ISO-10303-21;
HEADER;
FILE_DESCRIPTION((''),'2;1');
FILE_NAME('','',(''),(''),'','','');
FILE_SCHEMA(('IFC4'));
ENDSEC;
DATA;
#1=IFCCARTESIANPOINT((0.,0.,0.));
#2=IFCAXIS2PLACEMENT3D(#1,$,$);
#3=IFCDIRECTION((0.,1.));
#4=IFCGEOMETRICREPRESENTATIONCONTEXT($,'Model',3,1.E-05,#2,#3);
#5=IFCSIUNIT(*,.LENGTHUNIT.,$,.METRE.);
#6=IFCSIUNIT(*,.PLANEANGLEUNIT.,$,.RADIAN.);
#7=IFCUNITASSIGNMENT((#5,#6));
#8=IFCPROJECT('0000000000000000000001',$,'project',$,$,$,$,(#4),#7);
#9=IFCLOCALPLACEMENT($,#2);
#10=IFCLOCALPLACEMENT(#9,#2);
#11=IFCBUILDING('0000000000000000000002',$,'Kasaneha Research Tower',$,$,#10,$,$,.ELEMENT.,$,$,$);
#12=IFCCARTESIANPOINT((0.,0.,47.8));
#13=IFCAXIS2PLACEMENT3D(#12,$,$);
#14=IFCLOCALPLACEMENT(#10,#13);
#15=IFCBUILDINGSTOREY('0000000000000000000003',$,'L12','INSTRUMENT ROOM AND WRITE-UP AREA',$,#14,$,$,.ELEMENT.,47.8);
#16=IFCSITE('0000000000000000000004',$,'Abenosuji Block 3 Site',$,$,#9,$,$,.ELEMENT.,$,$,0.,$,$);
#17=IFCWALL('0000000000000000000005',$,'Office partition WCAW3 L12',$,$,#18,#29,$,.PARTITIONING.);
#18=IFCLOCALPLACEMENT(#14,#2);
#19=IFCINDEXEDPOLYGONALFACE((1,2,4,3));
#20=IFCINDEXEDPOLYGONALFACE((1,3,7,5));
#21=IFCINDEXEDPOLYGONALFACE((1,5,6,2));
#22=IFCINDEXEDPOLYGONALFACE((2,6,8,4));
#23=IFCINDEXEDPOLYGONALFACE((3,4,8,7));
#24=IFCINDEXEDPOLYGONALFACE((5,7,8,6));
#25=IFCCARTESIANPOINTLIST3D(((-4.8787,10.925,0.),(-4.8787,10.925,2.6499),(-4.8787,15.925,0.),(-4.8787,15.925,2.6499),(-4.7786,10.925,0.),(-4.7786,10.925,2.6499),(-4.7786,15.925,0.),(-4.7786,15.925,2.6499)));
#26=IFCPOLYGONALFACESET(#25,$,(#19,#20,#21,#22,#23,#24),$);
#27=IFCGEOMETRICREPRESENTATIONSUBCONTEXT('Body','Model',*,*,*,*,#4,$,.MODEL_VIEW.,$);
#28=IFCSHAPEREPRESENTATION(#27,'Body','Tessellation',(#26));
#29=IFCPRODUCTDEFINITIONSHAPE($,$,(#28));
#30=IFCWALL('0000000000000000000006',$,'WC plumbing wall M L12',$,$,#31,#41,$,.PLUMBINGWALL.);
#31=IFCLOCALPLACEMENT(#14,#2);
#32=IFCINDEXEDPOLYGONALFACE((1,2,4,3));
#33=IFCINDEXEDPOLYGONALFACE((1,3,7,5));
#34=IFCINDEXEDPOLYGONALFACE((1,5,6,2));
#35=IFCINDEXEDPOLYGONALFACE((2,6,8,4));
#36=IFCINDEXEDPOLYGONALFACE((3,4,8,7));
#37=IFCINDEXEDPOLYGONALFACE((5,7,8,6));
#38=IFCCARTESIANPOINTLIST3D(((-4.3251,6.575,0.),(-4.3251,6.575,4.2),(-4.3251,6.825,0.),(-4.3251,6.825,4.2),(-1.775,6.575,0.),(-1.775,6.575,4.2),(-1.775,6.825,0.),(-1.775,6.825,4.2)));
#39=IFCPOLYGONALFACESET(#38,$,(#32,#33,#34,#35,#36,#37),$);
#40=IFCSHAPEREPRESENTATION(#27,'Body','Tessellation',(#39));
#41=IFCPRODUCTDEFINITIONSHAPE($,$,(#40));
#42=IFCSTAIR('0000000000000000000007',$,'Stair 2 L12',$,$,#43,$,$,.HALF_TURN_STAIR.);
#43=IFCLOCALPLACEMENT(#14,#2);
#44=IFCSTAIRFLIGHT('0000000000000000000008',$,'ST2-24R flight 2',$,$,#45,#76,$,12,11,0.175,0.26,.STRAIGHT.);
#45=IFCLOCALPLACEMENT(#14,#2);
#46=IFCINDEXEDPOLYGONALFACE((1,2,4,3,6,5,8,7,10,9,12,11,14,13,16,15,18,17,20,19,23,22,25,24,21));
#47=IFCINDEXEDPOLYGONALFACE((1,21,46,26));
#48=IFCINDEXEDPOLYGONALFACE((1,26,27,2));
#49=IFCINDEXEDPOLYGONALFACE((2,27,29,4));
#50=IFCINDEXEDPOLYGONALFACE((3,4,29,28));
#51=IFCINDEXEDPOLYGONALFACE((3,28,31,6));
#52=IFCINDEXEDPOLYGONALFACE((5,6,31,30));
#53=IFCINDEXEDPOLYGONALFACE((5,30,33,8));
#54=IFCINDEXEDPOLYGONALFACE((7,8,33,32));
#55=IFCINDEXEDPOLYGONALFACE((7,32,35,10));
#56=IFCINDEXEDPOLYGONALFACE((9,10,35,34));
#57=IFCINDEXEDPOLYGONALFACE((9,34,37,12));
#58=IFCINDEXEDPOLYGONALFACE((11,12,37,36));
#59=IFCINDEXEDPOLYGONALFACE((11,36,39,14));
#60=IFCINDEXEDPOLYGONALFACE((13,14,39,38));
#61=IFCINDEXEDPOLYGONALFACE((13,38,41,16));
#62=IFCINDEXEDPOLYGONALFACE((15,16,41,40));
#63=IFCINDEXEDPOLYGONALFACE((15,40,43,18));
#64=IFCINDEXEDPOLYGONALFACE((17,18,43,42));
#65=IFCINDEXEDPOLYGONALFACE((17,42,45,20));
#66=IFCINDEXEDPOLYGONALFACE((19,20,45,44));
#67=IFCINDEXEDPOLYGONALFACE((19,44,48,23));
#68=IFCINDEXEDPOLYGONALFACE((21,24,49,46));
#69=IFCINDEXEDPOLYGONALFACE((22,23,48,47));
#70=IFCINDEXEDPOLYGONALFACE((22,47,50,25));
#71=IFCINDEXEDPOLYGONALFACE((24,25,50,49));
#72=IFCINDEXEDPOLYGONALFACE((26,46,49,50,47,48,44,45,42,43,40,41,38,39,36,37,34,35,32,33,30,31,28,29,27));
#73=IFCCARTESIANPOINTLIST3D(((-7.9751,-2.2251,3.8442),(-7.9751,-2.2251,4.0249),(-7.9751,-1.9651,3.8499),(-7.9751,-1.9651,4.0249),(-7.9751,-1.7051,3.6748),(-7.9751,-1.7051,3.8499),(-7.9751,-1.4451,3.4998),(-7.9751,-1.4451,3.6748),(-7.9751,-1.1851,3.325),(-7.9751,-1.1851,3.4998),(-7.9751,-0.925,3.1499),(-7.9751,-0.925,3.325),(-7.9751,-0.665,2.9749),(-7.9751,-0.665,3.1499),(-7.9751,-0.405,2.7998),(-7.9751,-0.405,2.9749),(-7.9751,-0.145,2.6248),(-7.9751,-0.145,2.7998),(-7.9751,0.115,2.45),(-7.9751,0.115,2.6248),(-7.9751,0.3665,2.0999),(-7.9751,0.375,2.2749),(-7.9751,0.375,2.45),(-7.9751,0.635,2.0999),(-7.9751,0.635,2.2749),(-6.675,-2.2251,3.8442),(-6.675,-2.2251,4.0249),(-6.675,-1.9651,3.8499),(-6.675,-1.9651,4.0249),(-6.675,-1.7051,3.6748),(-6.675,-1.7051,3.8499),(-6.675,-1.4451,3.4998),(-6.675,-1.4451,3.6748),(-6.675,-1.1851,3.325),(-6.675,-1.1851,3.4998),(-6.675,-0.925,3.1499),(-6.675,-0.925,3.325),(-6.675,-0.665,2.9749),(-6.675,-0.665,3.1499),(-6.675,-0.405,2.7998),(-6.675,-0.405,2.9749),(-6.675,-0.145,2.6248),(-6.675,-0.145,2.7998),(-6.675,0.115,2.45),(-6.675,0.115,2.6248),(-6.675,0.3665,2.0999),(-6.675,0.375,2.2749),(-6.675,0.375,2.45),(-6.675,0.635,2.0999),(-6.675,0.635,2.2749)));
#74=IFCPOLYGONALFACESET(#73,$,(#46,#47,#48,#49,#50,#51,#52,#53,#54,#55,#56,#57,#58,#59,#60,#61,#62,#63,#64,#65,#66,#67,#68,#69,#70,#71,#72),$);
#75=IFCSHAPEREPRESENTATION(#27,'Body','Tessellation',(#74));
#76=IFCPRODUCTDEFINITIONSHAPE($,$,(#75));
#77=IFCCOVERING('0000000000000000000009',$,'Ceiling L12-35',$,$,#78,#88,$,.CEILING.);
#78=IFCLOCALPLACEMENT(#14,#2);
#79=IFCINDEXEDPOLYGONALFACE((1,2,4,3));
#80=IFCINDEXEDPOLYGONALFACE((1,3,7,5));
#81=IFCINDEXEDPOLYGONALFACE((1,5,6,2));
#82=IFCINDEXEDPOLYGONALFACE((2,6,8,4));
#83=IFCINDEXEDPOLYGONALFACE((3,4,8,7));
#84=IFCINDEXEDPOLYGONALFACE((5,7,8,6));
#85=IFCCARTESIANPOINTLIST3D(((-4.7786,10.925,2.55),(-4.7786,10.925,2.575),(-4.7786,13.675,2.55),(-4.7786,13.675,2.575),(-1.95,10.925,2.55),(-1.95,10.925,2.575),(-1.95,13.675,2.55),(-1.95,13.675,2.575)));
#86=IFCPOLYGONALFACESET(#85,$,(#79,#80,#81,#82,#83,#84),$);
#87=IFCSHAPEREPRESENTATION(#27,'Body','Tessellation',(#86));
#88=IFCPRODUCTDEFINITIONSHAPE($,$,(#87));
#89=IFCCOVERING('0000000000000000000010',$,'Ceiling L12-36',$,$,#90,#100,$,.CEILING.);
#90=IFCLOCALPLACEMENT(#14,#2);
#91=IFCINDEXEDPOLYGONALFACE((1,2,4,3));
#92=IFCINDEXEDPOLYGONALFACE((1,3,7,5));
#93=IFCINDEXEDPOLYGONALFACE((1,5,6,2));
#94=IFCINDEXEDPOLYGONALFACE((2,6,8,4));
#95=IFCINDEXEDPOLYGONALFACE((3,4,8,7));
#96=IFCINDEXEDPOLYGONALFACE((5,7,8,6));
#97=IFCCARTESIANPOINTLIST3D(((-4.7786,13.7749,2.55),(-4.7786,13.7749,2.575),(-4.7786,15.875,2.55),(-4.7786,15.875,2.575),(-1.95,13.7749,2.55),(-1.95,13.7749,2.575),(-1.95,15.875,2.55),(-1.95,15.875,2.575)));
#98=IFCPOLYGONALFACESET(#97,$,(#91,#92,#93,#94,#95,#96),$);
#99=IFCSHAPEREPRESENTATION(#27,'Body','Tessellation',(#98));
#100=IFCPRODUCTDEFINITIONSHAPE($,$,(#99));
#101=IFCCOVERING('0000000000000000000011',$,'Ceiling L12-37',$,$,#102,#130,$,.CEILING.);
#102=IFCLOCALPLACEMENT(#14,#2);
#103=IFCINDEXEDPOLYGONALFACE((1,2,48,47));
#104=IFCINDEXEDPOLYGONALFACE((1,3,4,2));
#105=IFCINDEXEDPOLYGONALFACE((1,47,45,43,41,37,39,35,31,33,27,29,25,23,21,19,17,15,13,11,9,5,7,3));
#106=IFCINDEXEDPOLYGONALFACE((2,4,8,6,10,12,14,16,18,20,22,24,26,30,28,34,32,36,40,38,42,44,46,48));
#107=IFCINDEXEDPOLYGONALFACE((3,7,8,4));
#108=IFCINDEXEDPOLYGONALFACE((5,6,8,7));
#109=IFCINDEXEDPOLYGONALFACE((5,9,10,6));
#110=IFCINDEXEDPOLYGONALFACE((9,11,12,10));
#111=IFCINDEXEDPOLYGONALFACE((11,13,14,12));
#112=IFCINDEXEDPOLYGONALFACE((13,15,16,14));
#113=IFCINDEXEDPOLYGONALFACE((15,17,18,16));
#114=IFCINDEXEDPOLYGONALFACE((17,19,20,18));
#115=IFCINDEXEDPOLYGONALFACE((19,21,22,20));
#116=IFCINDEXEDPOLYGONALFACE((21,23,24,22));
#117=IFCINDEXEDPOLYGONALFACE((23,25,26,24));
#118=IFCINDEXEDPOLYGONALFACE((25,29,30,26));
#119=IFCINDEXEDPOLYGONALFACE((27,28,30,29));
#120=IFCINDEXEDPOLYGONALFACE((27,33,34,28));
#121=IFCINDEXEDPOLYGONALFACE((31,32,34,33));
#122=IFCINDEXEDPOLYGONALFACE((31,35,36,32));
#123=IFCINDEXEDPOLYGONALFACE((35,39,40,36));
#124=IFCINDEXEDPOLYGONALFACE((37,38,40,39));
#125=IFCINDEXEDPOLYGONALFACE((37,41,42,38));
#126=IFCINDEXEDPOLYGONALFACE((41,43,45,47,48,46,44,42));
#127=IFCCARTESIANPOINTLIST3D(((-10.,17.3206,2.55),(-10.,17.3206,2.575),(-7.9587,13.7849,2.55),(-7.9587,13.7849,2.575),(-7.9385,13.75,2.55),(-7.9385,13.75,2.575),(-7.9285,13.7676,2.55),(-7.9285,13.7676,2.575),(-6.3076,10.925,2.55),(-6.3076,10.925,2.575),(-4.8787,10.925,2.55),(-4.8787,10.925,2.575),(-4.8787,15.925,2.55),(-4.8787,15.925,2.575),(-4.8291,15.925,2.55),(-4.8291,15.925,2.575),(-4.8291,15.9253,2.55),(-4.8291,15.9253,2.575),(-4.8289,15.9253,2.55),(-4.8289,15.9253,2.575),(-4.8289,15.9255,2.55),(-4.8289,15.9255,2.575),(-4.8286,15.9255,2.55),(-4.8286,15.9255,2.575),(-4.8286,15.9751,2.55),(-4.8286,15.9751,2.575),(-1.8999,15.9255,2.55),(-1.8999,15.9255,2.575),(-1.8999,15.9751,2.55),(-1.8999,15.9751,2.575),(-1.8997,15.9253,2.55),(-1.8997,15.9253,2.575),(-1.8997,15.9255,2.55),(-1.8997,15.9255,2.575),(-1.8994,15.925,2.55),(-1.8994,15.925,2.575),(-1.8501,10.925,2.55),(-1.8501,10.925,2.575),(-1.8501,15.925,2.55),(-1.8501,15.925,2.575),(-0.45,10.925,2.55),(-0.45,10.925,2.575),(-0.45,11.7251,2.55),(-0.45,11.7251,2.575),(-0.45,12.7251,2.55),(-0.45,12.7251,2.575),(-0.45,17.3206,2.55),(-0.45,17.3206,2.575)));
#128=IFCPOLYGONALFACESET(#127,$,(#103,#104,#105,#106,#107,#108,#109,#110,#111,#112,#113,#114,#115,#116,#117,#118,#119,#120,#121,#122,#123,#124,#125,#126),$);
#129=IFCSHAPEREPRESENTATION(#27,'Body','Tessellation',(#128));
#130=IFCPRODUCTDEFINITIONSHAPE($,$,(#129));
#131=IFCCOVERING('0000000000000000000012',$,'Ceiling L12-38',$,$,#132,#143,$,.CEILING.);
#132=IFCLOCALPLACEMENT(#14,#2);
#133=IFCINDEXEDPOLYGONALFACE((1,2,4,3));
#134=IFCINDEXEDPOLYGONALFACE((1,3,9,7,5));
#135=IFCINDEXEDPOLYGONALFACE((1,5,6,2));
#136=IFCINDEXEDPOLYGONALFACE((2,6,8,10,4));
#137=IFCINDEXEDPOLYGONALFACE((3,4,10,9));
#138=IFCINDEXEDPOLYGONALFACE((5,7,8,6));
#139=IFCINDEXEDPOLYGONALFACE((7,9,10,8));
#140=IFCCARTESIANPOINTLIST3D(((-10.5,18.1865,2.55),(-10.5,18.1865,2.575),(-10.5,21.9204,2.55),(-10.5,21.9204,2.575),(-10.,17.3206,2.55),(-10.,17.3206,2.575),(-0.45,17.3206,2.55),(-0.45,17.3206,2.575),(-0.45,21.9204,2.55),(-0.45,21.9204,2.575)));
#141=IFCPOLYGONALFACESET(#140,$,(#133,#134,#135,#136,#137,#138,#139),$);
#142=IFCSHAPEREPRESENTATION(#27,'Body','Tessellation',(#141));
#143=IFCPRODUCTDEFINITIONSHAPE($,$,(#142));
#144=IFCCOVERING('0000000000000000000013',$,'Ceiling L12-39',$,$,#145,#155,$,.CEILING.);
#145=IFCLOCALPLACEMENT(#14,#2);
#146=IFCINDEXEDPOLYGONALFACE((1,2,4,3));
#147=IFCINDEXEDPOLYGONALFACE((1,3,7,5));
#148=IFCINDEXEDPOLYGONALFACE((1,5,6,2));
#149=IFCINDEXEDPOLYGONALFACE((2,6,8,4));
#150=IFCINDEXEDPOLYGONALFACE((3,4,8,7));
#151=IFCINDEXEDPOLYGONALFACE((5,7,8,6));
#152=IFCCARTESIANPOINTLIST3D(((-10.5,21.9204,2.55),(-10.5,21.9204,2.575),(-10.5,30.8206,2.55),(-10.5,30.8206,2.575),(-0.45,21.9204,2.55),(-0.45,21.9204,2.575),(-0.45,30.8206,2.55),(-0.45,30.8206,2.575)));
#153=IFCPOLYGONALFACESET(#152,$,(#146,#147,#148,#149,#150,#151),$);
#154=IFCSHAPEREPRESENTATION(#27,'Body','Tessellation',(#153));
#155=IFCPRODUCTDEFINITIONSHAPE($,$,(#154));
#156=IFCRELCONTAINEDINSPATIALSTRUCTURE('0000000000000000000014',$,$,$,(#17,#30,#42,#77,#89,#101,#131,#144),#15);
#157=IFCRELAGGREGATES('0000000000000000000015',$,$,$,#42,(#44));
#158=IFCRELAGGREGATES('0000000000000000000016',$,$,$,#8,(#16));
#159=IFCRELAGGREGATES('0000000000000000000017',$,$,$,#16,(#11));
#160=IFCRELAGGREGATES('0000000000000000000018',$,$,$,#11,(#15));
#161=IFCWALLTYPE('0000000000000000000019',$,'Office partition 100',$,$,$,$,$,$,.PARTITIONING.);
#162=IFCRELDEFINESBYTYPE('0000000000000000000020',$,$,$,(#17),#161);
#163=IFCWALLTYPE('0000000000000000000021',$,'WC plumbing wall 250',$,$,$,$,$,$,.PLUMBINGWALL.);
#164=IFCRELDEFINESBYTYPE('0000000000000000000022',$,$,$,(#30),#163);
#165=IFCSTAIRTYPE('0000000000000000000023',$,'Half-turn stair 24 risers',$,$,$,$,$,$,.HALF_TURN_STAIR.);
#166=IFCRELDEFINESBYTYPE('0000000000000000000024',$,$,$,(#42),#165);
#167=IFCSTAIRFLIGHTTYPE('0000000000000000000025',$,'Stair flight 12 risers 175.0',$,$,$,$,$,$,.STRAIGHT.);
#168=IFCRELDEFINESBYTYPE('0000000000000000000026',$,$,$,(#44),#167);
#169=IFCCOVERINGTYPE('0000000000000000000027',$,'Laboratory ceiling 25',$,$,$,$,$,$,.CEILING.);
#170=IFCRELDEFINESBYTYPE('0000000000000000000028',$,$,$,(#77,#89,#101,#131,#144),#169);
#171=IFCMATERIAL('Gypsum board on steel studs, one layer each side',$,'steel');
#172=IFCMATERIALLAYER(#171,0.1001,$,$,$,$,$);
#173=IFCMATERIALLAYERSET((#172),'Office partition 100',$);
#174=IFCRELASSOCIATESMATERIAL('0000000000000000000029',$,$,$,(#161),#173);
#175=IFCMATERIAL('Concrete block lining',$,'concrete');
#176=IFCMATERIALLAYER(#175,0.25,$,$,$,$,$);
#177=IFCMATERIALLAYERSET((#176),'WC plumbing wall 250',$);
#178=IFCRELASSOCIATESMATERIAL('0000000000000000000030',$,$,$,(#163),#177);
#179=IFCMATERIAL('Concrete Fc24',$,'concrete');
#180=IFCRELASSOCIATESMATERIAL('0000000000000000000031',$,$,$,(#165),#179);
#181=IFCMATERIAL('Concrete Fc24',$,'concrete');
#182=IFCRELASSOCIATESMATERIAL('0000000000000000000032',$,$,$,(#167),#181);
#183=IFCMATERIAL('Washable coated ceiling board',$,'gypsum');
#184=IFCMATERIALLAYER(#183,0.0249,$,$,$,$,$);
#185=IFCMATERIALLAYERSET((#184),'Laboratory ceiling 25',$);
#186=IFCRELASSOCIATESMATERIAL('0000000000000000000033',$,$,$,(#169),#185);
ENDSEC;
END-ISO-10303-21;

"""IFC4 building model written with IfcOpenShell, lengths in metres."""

from ifc_helpers import new_model, si_unit, direction, frame, frame_2d, origin, place, context, subcontext, project, spatial, polyline, rectangle, outline, extrude, material, layer, layer_set, type_object, element, aggregate, save


model = new_model("IFC4")

# Units and contexts
model_context = context("Model", 3, precision=1e-05, world=origin(), true_north=direction((0.0, 1.0)))
body_context = subcontext(model_context, "Body", "Model", "MODEL_VIEW")
ifc_project = project(units=[si_unit("LENGTHUNIT", "METRE"), si_unit("PLANEANGLEUNIT", "RADIAN")], contexts=[model_context])

# Site, building, storey
site_placement = place(None, origin())
site = spatial("IfcSite", under=ifc_project, at=site_placement, Name="Abenosuji Block 3 Site", CompositionType="ELEMENT", RefElevation=0.0)
building_placement = place(site_placement, origin())
building = spatial("IfcBuilding", under=site, at=building_placement, Name="Kasaneha Research Tower", CompositionType="ELEMENT")
storey_placement = place(building_placement, frame((0.0, 0.0, 47.8)))
storey = spatial("IfcBuildingStorey", under=building, at=storey_placement, Name="L12", Description="INSTRUMENT ROOM AND WRITE-UP AREA", CompositionType="ELEMENT", Elevation=47.8)

# Shared definitions
ifc_material_1 = material(Name="Gypsum board on steel studs, one layer each side", Category="steel")
ifc_layer_1 = layer(ifc_material_1, 0.1001)
ifc_layer_set_1 = layer_set([ifc_layer_1], Name="Office partition 100")
wall_type_1 = type_object("IfcWallType", Name="Office partition 100", PredefinedType="PARTITIONING", material=ifc_layer_set_1)

# Wall
wall_1_placement = place(storey_placement, frame((-4.8286, 10.925, 0.0), z_axis=(0.0, 0.0, 1.0), x_axis=(0.0, 1.0, 0.0)))
element("IfcWall", 1, at=wall_1_placement, inside=storey, type_object=wall_type_1, Name="Office partition WCAW3 L12", PredefinedType="PARTITIONING", context=body_context, shape_type="SweptSolid", body=[
    extrude(rectangle(XDim=5.0, YDim=0.1001, at=frame_2d((2.5, 0.0))), origin(), (0.0, 0.0, 1.0), 2.6499),
])

# Wall
ifc_material_2 = material(Name="Concrete block lining", Category="concrete")
ifc_layer_2 = layer(ifc_material_2, 0.25)
ifc_layer_set_2 = layer_set([ifc_layer_2], Name="WC plumbing wall 250")
wall_type_2 = type_object("IfcWallType", Name="WC plumbing wall 250", PredefinedType="PLUMBINGWALL", material=ifc_layer_set_2)
wall_2_placement = place(storey_placement, frame((-4.325, 6.7, 0.0), z_axis=(0.0, 0.0, 1.0), x_axis=(1.0, 0.0, 0.0)))
element("IfcWall", 2, at=wall_2_placement, inside=storey, type_object=wall_type_2, Name="WC plumbing wall M L12", PredefinedType="PLUMBINGWALL", context=body_context, shape_type="SweptSolid", body=[
    extrude(rectangle(XDim=2.55, YDim=0.25, at=frame_2d((1.2749, 0.0))), origin(), (0.0, 0.0, 1.0), 4.2),
])

# Stair, stair flight
ifc_material_3 = material(Name="Concrete Fc24", Category="concrete")
stair_type = type_object("IfcStairType", Name="Half-turn stair 24 risers", PredefinedType="HALF_TURN_STAIR", material=ifc_material_3)
stair_placement = place(storey_placement, origin())
stair = element("IfcStair", 3, at=stair_placement, inside=storey, type_object=stair_type, Name="Stair 2 L12", PredefinedType="HALF_TURN_STAIR")
ifc_material_4 = material(Name="Concrete Fc24", Category="concrete")
stair_flight_type = type_object("IfcStairFlightType", Name="Stair flight 12 risers 175.0", PredefinedType="STRAIGHT", material=ifc_material_4)
stair_flight_placement = place(storey_placement, frame((-7.325, 0.635, 2.0999), z_axis=(0.0, 0.0, 1.0), x_axis=(0.0, -1.0, 0.0)))
stair_flight = element("IfcStairFlight", 4, at=stair_flight_placement, type_object=stair_flight_type, Name="ST2-24R flight 2", NumberOfRisers=12, NumberOfTreads=11, PredefinedType="STRAIGHT", RiserHeight=0.175, TreadLength=0.26, context=body_context, shape_type="SweptSolid", body=[
    extrude(outline(polyline([(0.0, 0.0), (0.0, 0.175), (0.26, 0.175), (0.26, 0.3501), (0.52, 0.3501), (0.52, 0.5249), (0.78, 0.5249), (0.78, 0.7), (1.04, 0.7), (1.04, 0.875), (1.3, 0.875), (1.3, 1.05), (1.5601, 1.05), (1.5601, 1.2251), (1.8201, 1.2251), (1.8201, 1.3999), (2.0801, 1.3999), (2.0801, 1.575), (2.3401, 1.575), (2.3401, 1.75), (2.6001, 1.75), (2.6001, 1.925), (2.8601, 1.925), (2.8601, 2.1001), (2.8601, 1.7444), (0.2686, 0.0), (0.0, 0.0)])), frame((0.0, 0.6499, 0.0), z_axis=(0.0, -1.0, 0.0), x_axis=(1.0, 0.0, 0.0)), (0.0, 0.0, 1.0), 1.3),
])
aggregate(stair, [stair_flight])

# Coverings
ifc_material_5 = material(Name="Washable coated ceiling board", Category="gypsum")
ifc_layer_3 = layer(ifc_material_5, 0.0249)
ifc_layer_set_3 = layer_set([ifc_layer_3], Name="Laboratory ceiling 25")
covering_type = type_object("IfcCoveringType", Name="Laboratory ceiling 25", PredefinedType="CEILING", material=ifc_layer_set_3)
covering_1_placement = place(storey_placement, frame((0.0, 0.0, 2.55)))
element("IfcCovering", 5, at=covering_1_placement, inside=storey, type_object=covering_type, Name="Ceiling L12-35", PredefinedType="CEILING", context=body_context, shape_type="SweptSolid", body=[
    extrude(outline(polyline([(-4.7786, 10.925), (-4.7786, 13.675), (-1.95, 13.675), (-1.95, 10.925), (-4.7786, 10.925)])), origin(), (0.0, 0.0, 1.0), 0.0249),
])
covering_2_placement = place(storey_placement, frame((0.0, 0.0, 2.55)))
element("IfcCovering", 6, at=covering_2_placement, inside=storey, type_object=covering_type, Name="Ceiling L12-36", PredefinedType="CEILING", context=body_context, shape_type="SweptSolid", body=[
    extrude(outline(polyline([(-4.7786, 15.875), (-1.95, 15.875), (-1.95, 13.7749), (-4.7786, 13.7749), (-4.7786, 15.875)])), origin(), (0.0, 0.0, 1.0), 0.0249),
])
covering_3_placement = place(storey_placement, frame((0.0, 0.0, 2.55)))
element("IfcCovering", 7, at=covering_3_placement, inside=storey, type_object=covering_type, Name="Ceiling L12-37", PredefinedType="CEILING", context=body_context, shape_type="SweptSolid", body=[
    extrude(outline(polyline([(-1.8501, 10.925), (-1.8501, 15.925), (-1.8994, 15.925), (-1.8994, 15.925), (-1.8994, 15.925), (-1.8994, 15.925), (-1.8997, 15.9253), (-1.8997, 15.9253), (-1.8997, 15.9253), (-1.8997, 15.9253), (-1.8997, 15.9253), (-1.8997, 15.9253), (-1.8997, 15.9255), (-1.8997, 15.9255), (-1.8999, 15.9255), (-1.8999, 15.9255), (-1.8999, 15.9255), (-1.8999, 15.9255), (-1.8999, 15.9255), (-1.8999, 15.9751), (-4.8286, 15.9751), (-4.8286, 15.9255), (-4.8286, 15.9255), (-4.8286, 15.9255), (-4.8286, 15.9255), (-4.8289, 15.9255), (-4.8289, 15.9255), (-4.8289, 15.9255), (-4.8289, 15.9253), (-4.8289, 15.9253), (-4.8289, 15.9253), (-4.8291, 15.9253), (-4.8291, 15.9253), (-4.8291, 15.9253), (-4.8291, 15.925), (-4.8291, 15.925), (-4.8291, 15.925), (-4.8291, 15.925), (-4.8787, 15.925), (-4.8787, 10.925), (-6.3076, 10.925), (-7.9385, 13.75), (-7.9285, 13.7676), (-7.9587, 13.7849), (-10.0, 17.3206), (-0.45, 17.3206), (-0.45, 12.7251), (-0.45, 11.7251), (-0.45, 10.925), (-1.8501, 10.925)])), origin(), (0.0, 0.0, 1.0), 0.0249),
])
covering_4_placement = place(storey_placement, frame((0.0, 0.0, 2.55)))
element("IfcCovering", 8, at=covering_4_placement, inside=storey, type_object=covering_type, Name="Ceiling L12-38", PredefinedType="CEILING", context=body_context, shape_type="SweptSolid", body=[
    extrude(outline(polyline([(-10.5, 21.9204), (-0.45, 21.9204), (-0.45, 17.3206), (-10.0, 17.3206), (-10.5, 18.1865), (-10.5, 21.9204)])), origin(), (0.0, 0.0, 1.0), 0.0249),
])
covering_5_placement = place(storey_placement, frame((0.0, 0.0, 2.55)))
element("IfcCovering", 9, at=covering_5_placement, inside=storey, type_object=covering_type, Name="Ceiling L12-39", PredefinedType="CEILING", context=body_context, shape_type="SweptSolid", body=[
    extrude(outline(polyline([(-0.45, 30.8206), (-0.45, 21.9204), (-10.5, 21.9204), (-10.5, 30.8206), (-0.45, 30.8206)])), origin(), (0.0, 0.0, 1.0), 0.0249),
])

save(model, "model.ifc")
